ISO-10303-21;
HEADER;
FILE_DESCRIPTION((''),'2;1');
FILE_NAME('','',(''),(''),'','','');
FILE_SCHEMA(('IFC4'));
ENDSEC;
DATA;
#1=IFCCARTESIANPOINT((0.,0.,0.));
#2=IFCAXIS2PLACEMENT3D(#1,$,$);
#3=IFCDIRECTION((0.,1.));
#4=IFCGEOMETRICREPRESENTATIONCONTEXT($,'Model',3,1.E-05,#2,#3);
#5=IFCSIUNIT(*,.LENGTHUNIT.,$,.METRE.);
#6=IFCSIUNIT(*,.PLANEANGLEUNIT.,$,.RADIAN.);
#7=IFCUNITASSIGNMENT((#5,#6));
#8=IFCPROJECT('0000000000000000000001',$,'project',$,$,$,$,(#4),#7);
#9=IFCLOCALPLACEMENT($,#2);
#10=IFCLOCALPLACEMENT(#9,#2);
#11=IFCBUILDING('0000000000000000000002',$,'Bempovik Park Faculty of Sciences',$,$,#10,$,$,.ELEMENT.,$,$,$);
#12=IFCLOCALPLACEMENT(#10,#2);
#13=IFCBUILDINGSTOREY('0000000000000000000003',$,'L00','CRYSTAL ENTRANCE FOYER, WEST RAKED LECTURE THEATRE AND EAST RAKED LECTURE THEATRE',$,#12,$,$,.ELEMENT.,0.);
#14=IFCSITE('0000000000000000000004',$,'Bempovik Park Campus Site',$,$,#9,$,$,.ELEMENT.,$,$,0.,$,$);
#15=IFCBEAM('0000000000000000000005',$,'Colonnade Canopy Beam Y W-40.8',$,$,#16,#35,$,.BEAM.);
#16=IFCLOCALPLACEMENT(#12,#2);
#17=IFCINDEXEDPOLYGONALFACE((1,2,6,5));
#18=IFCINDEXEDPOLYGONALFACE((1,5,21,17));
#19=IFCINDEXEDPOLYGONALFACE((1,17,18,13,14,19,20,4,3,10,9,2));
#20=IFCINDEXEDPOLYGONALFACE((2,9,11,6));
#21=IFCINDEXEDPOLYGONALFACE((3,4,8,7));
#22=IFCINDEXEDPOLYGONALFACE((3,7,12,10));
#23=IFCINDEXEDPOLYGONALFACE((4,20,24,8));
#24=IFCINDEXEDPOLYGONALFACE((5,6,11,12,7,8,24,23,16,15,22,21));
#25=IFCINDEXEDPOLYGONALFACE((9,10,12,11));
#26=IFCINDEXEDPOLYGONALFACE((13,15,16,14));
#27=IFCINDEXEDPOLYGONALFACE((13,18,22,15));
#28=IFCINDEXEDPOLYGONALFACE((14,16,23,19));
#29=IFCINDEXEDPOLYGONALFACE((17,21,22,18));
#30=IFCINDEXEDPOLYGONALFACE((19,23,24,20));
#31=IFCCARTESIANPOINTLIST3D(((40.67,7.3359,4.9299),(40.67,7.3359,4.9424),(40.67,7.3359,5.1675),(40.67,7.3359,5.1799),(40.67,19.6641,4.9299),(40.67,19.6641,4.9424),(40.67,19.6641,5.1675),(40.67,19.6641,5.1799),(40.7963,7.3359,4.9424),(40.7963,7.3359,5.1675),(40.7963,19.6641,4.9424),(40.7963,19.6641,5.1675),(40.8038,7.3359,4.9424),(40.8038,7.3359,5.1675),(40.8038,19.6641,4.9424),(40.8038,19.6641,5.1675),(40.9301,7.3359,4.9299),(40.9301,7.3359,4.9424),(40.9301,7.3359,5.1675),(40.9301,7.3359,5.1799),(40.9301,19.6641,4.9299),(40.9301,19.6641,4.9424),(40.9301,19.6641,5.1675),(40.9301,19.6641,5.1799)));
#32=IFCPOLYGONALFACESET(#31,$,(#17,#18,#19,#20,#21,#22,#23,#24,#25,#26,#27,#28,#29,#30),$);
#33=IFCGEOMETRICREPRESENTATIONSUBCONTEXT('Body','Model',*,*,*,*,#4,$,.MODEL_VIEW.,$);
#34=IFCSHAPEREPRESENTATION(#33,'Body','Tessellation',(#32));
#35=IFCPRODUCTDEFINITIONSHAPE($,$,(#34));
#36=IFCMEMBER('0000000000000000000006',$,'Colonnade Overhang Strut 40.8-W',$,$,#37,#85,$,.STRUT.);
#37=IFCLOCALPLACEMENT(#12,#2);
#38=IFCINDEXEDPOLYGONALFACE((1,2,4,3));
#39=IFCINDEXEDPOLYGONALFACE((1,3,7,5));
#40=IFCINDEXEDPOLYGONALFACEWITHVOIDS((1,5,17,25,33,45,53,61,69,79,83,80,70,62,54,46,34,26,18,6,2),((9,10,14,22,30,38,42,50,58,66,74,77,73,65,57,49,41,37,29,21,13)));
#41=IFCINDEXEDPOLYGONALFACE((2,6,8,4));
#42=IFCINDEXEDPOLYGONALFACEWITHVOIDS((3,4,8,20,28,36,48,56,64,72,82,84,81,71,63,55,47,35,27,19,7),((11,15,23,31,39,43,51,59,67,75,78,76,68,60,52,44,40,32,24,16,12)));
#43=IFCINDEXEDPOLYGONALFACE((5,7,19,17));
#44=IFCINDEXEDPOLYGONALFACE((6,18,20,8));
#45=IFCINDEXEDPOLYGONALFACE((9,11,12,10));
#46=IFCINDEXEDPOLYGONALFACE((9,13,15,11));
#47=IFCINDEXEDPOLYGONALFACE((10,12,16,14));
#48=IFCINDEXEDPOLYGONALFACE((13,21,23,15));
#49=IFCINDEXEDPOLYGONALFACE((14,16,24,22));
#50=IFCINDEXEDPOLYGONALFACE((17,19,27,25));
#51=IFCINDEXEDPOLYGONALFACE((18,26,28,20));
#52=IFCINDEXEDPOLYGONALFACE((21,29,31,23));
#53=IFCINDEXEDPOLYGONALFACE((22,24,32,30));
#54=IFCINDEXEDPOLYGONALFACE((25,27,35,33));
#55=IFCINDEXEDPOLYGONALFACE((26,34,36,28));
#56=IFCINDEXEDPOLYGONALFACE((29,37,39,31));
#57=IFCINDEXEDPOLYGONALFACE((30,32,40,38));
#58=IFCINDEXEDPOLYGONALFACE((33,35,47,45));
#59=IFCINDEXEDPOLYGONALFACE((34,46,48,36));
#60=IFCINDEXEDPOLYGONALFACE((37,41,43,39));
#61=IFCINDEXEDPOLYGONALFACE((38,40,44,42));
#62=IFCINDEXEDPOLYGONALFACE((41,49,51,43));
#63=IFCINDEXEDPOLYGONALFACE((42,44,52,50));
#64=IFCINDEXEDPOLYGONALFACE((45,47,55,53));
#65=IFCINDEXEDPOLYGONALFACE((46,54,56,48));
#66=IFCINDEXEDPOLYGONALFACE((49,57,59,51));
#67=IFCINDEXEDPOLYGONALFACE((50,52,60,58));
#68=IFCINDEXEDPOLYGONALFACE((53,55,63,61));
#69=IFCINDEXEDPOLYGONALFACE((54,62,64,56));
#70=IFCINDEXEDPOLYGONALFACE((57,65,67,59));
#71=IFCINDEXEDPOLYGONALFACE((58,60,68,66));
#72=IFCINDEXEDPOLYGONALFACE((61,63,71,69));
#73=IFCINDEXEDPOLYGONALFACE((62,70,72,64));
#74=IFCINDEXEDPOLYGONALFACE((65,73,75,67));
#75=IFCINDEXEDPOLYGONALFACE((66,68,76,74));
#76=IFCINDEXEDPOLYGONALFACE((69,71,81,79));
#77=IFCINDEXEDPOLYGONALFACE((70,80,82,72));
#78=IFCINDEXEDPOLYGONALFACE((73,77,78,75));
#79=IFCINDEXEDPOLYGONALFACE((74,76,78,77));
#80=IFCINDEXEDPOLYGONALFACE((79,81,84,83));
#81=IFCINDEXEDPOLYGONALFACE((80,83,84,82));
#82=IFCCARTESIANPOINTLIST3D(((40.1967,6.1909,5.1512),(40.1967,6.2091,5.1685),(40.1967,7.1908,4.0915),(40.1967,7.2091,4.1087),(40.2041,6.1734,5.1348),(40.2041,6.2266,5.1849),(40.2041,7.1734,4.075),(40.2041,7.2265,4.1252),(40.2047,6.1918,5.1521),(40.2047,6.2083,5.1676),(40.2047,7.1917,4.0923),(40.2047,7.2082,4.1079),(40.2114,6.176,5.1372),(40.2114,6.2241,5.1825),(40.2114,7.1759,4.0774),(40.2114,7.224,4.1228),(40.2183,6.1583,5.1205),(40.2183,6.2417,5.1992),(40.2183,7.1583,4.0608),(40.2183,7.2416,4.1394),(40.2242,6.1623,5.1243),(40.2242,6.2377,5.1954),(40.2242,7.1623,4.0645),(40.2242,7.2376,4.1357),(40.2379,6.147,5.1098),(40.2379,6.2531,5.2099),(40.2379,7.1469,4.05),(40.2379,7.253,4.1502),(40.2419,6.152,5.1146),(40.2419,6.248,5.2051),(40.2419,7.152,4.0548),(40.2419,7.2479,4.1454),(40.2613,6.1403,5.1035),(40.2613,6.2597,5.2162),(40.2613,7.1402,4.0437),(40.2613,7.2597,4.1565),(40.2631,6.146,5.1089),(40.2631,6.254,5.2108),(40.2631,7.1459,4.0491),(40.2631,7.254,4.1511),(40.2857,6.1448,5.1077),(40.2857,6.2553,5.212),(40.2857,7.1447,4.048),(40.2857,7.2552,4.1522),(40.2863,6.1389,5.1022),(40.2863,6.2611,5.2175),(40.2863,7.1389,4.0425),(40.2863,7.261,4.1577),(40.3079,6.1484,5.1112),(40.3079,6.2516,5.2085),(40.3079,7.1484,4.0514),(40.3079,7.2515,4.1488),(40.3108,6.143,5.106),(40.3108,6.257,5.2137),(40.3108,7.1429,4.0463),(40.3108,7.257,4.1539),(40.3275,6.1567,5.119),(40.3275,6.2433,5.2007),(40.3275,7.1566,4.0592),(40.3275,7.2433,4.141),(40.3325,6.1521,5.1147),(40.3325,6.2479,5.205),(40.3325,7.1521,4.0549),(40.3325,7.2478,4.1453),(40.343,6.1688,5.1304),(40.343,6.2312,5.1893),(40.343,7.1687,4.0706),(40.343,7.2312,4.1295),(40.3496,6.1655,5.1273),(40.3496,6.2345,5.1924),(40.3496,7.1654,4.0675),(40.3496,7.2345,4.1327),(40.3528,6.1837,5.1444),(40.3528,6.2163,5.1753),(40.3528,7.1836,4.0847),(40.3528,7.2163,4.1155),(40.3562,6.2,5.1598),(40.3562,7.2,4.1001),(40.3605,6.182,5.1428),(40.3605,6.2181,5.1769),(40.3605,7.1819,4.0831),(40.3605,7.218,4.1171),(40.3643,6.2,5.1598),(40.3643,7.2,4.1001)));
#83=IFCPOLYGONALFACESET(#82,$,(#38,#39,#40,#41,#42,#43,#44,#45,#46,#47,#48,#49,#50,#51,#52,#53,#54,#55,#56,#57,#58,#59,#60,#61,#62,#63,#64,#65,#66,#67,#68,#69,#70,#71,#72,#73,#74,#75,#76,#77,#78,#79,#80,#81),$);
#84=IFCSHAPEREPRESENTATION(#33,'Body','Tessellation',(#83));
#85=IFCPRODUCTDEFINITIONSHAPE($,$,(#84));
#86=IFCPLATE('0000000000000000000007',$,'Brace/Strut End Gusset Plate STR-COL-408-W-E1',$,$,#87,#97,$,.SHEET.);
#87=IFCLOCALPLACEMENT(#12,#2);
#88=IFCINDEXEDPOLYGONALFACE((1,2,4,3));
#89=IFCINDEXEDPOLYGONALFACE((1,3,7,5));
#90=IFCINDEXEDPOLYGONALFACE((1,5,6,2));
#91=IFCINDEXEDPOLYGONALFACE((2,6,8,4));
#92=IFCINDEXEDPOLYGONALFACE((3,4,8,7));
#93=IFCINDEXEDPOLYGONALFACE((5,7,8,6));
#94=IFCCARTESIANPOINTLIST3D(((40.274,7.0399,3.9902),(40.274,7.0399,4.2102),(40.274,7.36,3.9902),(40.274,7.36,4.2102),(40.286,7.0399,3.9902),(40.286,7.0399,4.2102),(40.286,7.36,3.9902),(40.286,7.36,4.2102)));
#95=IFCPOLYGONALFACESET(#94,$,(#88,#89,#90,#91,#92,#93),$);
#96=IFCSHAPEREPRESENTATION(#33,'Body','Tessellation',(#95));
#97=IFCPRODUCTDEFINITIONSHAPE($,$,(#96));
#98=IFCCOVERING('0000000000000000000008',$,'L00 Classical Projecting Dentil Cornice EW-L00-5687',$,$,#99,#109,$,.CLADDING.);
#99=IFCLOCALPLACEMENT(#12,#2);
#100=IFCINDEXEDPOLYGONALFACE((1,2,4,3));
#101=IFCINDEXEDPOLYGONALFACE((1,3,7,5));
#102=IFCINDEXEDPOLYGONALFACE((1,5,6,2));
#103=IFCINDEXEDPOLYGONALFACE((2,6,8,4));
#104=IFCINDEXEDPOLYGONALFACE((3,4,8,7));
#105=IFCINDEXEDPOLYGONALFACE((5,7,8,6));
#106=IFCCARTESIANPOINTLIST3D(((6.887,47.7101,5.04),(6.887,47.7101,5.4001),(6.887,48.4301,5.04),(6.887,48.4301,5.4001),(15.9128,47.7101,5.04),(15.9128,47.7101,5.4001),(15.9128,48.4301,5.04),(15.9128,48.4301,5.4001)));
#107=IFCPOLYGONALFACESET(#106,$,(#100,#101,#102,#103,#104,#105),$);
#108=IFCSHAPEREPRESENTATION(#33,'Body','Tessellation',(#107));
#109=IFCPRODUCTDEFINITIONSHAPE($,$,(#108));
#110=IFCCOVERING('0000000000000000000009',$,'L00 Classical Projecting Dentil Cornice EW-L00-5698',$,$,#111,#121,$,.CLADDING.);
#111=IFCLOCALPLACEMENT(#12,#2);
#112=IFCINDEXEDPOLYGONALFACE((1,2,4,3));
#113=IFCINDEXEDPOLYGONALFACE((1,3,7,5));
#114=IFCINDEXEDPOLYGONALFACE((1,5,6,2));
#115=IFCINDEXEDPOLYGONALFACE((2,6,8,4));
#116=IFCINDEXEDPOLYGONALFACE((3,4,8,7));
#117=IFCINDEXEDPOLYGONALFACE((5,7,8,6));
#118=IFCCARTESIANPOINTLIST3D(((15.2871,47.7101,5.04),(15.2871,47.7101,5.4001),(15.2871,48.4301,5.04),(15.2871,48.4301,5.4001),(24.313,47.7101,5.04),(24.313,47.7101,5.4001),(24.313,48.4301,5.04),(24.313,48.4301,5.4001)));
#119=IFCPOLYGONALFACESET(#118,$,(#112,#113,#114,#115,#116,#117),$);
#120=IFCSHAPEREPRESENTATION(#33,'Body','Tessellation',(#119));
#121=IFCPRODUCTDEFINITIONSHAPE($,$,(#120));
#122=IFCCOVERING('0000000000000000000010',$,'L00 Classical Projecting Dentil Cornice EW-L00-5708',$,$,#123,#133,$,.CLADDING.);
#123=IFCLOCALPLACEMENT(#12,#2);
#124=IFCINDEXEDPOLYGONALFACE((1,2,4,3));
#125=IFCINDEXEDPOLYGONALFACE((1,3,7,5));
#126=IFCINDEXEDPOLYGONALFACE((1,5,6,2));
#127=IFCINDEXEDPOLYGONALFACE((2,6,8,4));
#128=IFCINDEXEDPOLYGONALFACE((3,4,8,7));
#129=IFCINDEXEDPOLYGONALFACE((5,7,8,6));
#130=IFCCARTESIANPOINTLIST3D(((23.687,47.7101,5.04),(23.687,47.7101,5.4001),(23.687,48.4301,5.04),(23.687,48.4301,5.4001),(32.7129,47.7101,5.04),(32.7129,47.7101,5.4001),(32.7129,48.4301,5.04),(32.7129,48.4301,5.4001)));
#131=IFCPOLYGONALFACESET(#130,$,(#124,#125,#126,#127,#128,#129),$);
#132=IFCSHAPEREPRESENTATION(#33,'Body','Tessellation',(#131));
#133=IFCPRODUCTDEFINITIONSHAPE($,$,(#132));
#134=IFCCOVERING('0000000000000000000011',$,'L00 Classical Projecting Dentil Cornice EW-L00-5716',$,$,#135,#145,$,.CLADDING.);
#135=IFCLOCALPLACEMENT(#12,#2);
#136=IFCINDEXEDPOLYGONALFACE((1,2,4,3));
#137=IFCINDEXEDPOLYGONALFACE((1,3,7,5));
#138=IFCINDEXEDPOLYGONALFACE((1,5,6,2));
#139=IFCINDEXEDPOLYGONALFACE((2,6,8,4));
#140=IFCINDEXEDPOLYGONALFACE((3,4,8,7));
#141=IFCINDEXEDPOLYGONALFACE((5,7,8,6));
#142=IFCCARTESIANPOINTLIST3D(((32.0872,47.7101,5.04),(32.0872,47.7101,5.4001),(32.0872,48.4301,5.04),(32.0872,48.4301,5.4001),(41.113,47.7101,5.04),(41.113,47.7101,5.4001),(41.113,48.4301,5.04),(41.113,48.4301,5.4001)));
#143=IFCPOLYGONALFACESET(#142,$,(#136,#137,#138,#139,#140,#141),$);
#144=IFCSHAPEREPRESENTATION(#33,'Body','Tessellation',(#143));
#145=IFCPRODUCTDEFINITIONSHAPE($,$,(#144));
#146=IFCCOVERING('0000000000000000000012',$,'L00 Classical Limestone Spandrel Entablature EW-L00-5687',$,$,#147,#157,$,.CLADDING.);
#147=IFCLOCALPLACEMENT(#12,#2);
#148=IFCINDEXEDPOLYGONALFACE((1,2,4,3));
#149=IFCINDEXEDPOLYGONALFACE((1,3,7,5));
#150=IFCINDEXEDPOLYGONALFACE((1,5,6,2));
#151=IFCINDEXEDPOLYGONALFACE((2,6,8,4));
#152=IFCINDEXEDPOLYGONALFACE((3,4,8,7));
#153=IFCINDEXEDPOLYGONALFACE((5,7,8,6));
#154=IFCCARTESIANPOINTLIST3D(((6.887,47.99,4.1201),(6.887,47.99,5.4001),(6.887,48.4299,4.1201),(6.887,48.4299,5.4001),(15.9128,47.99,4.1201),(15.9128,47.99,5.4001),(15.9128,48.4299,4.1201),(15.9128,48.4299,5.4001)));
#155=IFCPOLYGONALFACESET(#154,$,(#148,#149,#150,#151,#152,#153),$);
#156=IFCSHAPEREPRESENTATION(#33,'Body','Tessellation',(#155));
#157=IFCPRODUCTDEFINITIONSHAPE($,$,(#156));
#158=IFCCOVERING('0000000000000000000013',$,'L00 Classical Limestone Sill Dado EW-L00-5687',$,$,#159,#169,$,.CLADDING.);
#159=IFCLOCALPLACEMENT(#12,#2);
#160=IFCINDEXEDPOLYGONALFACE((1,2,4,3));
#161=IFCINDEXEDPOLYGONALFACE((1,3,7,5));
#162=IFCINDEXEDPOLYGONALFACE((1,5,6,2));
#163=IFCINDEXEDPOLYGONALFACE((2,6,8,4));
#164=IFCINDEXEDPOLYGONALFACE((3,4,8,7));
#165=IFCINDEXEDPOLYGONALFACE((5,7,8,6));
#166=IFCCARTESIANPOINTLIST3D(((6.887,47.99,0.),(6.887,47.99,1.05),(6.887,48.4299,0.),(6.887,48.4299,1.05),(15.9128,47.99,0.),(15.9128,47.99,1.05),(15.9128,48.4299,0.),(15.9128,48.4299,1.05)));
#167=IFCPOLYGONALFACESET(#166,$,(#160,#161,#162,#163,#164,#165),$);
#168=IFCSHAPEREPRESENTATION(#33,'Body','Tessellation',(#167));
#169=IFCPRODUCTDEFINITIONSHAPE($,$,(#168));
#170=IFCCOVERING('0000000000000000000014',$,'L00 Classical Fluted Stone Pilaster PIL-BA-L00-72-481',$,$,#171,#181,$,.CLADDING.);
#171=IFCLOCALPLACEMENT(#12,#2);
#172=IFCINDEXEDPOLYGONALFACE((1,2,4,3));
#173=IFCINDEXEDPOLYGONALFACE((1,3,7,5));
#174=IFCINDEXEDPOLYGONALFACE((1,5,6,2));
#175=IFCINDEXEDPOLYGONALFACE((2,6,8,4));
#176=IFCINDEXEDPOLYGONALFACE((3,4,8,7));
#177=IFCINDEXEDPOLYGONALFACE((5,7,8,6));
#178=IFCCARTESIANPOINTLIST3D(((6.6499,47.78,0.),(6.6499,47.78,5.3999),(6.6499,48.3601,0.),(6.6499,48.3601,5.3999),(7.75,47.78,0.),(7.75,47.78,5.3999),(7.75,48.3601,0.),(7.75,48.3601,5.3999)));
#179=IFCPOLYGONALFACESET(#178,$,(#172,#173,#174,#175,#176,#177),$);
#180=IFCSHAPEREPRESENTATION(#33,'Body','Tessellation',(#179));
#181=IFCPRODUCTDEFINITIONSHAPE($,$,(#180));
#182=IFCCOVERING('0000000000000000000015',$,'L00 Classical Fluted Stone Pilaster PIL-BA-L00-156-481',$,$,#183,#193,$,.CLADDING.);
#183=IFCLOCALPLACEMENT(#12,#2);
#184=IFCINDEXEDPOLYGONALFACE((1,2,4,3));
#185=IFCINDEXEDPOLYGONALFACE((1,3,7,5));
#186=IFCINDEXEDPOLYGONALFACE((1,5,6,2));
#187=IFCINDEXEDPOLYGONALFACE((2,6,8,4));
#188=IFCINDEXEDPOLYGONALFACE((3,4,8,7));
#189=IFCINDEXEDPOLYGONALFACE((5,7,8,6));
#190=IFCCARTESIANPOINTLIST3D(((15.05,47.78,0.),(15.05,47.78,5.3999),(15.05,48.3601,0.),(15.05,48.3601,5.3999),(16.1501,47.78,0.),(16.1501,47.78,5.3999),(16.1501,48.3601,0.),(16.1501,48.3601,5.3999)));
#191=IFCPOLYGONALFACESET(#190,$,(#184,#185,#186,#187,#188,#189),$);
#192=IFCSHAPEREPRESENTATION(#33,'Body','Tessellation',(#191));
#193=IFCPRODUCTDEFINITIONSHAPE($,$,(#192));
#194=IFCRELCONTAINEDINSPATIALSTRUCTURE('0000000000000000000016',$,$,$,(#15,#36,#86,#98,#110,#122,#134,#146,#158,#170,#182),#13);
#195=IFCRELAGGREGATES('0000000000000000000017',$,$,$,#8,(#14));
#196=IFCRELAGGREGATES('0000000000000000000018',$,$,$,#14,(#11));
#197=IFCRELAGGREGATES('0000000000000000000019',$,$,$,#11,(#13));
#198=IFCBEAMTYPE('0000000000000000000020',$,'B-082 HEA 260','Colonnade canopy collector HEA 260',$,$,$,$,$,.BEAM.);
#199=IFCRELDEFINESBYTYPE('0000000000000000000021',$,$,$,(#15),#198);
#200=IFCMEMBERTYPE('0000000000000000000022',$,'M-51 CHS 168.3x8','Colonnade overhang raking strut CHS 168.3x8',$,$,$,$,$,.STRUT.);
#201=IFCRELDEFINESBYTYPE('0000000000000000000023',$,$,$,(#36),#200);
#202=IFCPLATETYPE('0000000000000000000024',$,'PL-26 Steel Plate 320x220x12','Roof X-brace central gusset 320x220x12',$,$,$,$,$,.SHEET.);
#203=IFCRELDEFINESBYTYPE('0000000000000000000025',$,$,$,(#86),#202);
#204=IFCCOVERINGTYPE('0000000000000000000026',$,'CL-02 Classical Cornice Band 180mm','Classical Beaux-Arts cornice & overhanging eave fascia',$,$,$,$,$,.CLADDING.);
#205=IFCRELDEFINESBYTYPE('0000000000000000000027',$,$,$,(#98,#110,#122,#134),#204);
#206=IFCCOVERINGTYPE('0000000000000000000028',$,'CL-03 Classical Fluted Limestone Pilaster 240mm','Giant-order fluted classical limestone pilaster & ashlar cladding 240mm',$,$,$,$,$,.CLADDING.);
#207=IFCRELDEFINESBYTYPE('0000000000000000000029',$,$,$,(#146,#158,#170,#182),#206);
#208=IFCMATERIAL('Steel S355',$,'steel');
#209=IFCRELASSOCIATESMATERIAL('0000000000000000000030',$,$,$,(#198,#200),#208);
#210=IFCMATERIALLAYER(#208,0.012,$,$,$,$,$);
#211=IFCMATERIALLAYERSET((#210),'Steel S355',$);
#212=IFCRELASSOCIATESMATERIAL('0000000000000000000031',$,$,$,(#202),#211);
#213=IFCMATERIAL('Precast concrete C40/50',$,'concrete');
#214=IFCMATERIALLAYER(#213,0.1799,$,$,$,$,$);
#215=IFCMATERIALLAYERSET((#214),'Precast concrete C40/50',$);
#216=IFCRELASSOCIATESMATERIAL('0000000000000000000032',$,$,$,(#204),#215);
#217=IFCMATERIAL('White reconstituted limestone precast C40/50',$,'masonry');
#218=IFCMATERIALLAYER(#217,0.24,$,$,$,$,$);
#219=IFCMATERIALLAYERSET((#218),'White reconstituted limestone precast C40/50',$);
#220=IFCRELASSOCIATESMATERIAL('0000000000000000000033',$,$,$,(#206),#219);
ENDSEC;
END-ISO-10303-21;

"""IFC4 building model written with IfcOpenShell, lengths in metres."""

from ifc_helpers import new_model, si_unit, direction, frame, origin, origin_2d, place, context, subcontext, project, spatial, rectangle, hollow_circle, i_section, extrude, material, layer, layer_set, material_profile, profile_set, type_object, element, save


model = new_model("IFC4")

# Units and contexts
model_context = context("Model", 3, precision=1e-05, world=origin(), true_north=direction((0.0, 1.0)))
body_context = subcontext(model_context, "Body", "Model", "MODEL_VIEW")
ifc_project = project(units=[si_unit("LENGTHUNIT", "METRE"), si_unit("PLANEANGLEUNIT", "RADIAN")], contexts=[model_context])

# Site, building, storey
site_placement = place(None, origin())
site = spatial("IfcSite", under=ifc_project, at=site_placement, Name="Bempovik Park Campus Site", CompositionType="ELEMENT", RefElevation=0.0)
building_placement = place(site_placement, origin())
building = spatial("IfcBuilding", under=site, at=building_placement, Name="Bempovik Park Faculty of Sciences", CompositionType="ELEMENT")
storey_placement = place(building_placement, origin())
storey = spatial("IfcBuildingStorey", under=building, at=storey_placement, Name="L00", Description="CRYSTAL ENTRANCE FOYER, WEST RAKED LECTURE THEATRE AND EAST RAKED LECTURE THEATRE", CompositionType="ELEMENT", Elevation=0.0)

# Shared definitions
ifc_material_1 = material(Name="Precast concrete C40/50", Category="concrete")

# Beam
ifc_material_2 = material(Name="Steel S355", Category="steel")
ifc_material_profile_1 = material_profile(ifc_material_2, i_section(OverallWidth=0.26, OverallDepth=0.25, WebThickness=0.0076, FlangeThickness=0.0125, at=origin_2d()), Name="HEA 260")
ifc_profile_set_1 = profile_set([ifc_material_profile_1], Name="Steel S355")
beam_type_1 = type_object("IfcBeamType", Name="B-082 HEA 260", Description="Colonnade canopy collector HEA 260", PredefinedType="BEAM", material=ifc_profile_set_1)
beam_1_placement = place(storey_placement, frame((40.8, 7.3359, 5.0549), z_axis=(0.0, 1.0, 0.0), x_axis=(-1.0, 0.0, 0.0)))
element("IfcBeam", 1, at=beam_1_placement, inside=storey, type_object=beam_type_1, Name="Colonnade Canopy Beam Y W-40.8", PredefinedType="BEAM", context=body_context, shape_type="SweptSolid", body=[
    extrude(i_section(OverallWidth=0.26, OverallDepth=0.25, WebThickness=0.0076, FlangeThickness=0.0125, at=origin_2d()), origin(), (0.0, 0.0, 1.0), 12.3281),
])

# Member
ifc_material_profile_2 = material_profile(ifc_material_2, hollow_circle(Radius=0.0842, WallThickness=0.0081, at=origin_2d()), Name="CHS 168.3x8")
ifc_profile_set_2 = profile_set([ifc_material_profile_2], Name="Steel S355")
member_type = type_object("IfcMemberType", Name="M-51 CHS 168.3x8", Description="Colonnade overhang raking strut CHS 168.3x8", PredefinedType="STRUT", material=ifc_profile_set_2)
member_placement = place(storey_placement, frame((40.28, 7.2, 4.1001), z_axis=(0.0, -0.686284, 0.727334), x_axis=(1.0, 0.0, 0.0)))
element("IfcMember", 2, at=member_placement, inside=storey, type_object=member_type, Name="Colonnade Overhang Strut 40.8-W", PredefinedType="STRUT", context=body_context, shape_type="SweptSolid", body=[
    extrude(hollow_circle(Radius=0.0842, WallThickness=0.0081, at=origin_2d()), origin(), (0.0, 0.0, 1.0), 1.457),
])

# Plate
ifc_layer_1 = layer(ifc_material_2, 0.012)
ifc_layer_set_1 = layer_set([ifc_layer_1], Name="Steel S355")
plate_type = type_object("IfcPlateType", Name="PL-26 Steel Plate 320x220x12", Description="Roof X-brace central gusset 320x220x12", PredefinedType="SHEET", material=ifc_layer_set_1)
plate_placement = place(storey_placement, frame((40.28, 7.2, 3.9902), z_axis=(0.0, 0.0, 1.0), x_axis=(1.0, 0.0, 0.0)))
element("IfcPlate", 3, at=plate_placement, inside=storey, type_object=plate_type, Name="Brace/Strut End Gusset Plate STR-COL-408-W-E1", PredefinedType="SHEET", context=body_context, shape_type="SweptSolid", body=[
    extrude(rectangle(XDim=0.012, YDim=0.3201, at=origin_2d()), origin(), (0.0, 0.0, 1.0), 0.22),
])

# Coverings
ifc_layer_2 = layer(ifc_material_1, 0.1799)
ifc_layer_set_2 = layer_set([ifc_layer_2], Name="Precast concrete C40/50")
covering_type_1 = type_object("IfcCoveringType", Name="CL-02 Classical Cornice Band 180mm", Description="Classical Beaux-Arts cornice & overhanging eave fascia", PredefinedType="CLADDING", material=ifc_layer_set_2)
for number, where, z_axis, x_axis, name in (
    (4, (11.3999, 48.0701, 5.04), (0.0, 0.0, 1.0), (1.0, 0.0, 0.0), "L00 Classical Projecting Dentil Cornice EW-L00-5687"),
    (5, (19.8, 48.0701, 5.04), (0.0, 0.0, 1.0), (1.0, 0.0, 0.0), "L00 Classical Projecting Dentil Cornice EW-L00-5698"),
    (6, (28.2, 48.0701, 5.04), (0.0, 0.0, 1.0), (1.0, 0.0, 0.0), "L00 Classical Projecting Dentil Cornice EW-L00-5708"),
    (7, (36.6001, 48.0701, 5.04), (0.0, 0.0, 1.0), (1.0, 0.0, 0.0), "L00 Classical Projecting Dentil Cornice EW-L00-5716"),
):
    element("IfcCovering", number, at=place(storey_placement, frame(where, z_axis=z_axis, x_axis=x_axis)), inside=storey, type_object=covering_type_1, Name=name, PredefinedType="CLADDING", context=body_context, shape_type="SweptSolid", body=[
        extrude(rectangle(XDim=9.0259, YDim=0.72, at=origin_2d()), origin(), (0.0, 0.0, 1.0), 0.3601),
    ])
ifc_material_3 = material(Name="White reconstituted limestone precast C40/50", Category="masonry")
ifc_layer_3 = layer(ifc_material_3, 0.24)
ifc_layer_set_3 = layer_set([ifc_layer_3], Name="White reconstituted limestone precast C40/50")
covering_type_2 = type_object("IfcCoveringType", Name="CL-03 Classical Fluted Limestone Pilaster 240mm", Description="Giant-order fluted classical limestone pilaster & ashlar cladding 240mm", PredefinedType="CLADDING", material=ifc_layer_set_3)
covering_1_placement = place(storey_placement, frame((11.3999, 48.21, 4.1201), z_axis=(0.0, 0.0, 1.0), x_axis=(1.0, 0.0, 0.0)))
element("IfcCovering", 8, at=covering_1_placement, inside=storey, type_object=covering_type_2, Name="L00 Classical Limestone Spandrel Entablature EW-L00-5687", PredefinedType="CLADDING", context=body_context, shape_type="SweptSolid", body=[
    extrude(rectangle(XDim=9.0259, YDim=0.4399, at=origin_2d()), origin(), (0.0, 0.0, 1.0), 1.28),
])
covering_2_placement = place(storey_placement, frame((11.3999, 48.21, 0.0), z_axis=(0.0, 0.0, 1.0), x_axis=(1.0, 0.0, 0.0)))
element("IfcCovering", 9, at=covering_2_placement, inside=storey, type_object=covering_type_2, Name="L00 Classical Limestone Sill Dado EW-L00-5687", PredefinedType="CLADDING", context=body_context, shape_type="SweptSolid", body=[
    extrude(rectangle(XDim=9.0259, YDim=0.4399, at=origin_2d()), origin(), (0.0, 0.0, 1.0), 1.05),
])
for number, where, z_axis, x_axis, name in (
    (10, (7.2, 48.0701, 0.0), (0.0, 0.0, 1.0), (1.0, 0.0, 0.0), "L00 Classical Fluted Stone Pilaster PIL-BA-L00-72-481"),
    (11, (15.6001, 48.0701, 0.0), (0.0, 0.0, 1.0), (1.0, 0.0, 0.0), "L00 Classical Fluted Stone Pilaster PIL-BA-L00-156-481"),
):
    element("IfcCovering", number, at=place(storey_placement, frame(where, z_axis=z_axis, x_axis=x_axis)), inside=storey, type_object=covering_type_2, Name=name, PredefinedType="CLADDING", context=body_context, shape_type="SweptSolid", body=[
        extrude(rectangle(XDim=1.1001, YDim=0.5801, at=origin_2d()), origin(), (0.0, 0.0, 1.0), 5.3999),
    ])

save(model, "model.ifc")
